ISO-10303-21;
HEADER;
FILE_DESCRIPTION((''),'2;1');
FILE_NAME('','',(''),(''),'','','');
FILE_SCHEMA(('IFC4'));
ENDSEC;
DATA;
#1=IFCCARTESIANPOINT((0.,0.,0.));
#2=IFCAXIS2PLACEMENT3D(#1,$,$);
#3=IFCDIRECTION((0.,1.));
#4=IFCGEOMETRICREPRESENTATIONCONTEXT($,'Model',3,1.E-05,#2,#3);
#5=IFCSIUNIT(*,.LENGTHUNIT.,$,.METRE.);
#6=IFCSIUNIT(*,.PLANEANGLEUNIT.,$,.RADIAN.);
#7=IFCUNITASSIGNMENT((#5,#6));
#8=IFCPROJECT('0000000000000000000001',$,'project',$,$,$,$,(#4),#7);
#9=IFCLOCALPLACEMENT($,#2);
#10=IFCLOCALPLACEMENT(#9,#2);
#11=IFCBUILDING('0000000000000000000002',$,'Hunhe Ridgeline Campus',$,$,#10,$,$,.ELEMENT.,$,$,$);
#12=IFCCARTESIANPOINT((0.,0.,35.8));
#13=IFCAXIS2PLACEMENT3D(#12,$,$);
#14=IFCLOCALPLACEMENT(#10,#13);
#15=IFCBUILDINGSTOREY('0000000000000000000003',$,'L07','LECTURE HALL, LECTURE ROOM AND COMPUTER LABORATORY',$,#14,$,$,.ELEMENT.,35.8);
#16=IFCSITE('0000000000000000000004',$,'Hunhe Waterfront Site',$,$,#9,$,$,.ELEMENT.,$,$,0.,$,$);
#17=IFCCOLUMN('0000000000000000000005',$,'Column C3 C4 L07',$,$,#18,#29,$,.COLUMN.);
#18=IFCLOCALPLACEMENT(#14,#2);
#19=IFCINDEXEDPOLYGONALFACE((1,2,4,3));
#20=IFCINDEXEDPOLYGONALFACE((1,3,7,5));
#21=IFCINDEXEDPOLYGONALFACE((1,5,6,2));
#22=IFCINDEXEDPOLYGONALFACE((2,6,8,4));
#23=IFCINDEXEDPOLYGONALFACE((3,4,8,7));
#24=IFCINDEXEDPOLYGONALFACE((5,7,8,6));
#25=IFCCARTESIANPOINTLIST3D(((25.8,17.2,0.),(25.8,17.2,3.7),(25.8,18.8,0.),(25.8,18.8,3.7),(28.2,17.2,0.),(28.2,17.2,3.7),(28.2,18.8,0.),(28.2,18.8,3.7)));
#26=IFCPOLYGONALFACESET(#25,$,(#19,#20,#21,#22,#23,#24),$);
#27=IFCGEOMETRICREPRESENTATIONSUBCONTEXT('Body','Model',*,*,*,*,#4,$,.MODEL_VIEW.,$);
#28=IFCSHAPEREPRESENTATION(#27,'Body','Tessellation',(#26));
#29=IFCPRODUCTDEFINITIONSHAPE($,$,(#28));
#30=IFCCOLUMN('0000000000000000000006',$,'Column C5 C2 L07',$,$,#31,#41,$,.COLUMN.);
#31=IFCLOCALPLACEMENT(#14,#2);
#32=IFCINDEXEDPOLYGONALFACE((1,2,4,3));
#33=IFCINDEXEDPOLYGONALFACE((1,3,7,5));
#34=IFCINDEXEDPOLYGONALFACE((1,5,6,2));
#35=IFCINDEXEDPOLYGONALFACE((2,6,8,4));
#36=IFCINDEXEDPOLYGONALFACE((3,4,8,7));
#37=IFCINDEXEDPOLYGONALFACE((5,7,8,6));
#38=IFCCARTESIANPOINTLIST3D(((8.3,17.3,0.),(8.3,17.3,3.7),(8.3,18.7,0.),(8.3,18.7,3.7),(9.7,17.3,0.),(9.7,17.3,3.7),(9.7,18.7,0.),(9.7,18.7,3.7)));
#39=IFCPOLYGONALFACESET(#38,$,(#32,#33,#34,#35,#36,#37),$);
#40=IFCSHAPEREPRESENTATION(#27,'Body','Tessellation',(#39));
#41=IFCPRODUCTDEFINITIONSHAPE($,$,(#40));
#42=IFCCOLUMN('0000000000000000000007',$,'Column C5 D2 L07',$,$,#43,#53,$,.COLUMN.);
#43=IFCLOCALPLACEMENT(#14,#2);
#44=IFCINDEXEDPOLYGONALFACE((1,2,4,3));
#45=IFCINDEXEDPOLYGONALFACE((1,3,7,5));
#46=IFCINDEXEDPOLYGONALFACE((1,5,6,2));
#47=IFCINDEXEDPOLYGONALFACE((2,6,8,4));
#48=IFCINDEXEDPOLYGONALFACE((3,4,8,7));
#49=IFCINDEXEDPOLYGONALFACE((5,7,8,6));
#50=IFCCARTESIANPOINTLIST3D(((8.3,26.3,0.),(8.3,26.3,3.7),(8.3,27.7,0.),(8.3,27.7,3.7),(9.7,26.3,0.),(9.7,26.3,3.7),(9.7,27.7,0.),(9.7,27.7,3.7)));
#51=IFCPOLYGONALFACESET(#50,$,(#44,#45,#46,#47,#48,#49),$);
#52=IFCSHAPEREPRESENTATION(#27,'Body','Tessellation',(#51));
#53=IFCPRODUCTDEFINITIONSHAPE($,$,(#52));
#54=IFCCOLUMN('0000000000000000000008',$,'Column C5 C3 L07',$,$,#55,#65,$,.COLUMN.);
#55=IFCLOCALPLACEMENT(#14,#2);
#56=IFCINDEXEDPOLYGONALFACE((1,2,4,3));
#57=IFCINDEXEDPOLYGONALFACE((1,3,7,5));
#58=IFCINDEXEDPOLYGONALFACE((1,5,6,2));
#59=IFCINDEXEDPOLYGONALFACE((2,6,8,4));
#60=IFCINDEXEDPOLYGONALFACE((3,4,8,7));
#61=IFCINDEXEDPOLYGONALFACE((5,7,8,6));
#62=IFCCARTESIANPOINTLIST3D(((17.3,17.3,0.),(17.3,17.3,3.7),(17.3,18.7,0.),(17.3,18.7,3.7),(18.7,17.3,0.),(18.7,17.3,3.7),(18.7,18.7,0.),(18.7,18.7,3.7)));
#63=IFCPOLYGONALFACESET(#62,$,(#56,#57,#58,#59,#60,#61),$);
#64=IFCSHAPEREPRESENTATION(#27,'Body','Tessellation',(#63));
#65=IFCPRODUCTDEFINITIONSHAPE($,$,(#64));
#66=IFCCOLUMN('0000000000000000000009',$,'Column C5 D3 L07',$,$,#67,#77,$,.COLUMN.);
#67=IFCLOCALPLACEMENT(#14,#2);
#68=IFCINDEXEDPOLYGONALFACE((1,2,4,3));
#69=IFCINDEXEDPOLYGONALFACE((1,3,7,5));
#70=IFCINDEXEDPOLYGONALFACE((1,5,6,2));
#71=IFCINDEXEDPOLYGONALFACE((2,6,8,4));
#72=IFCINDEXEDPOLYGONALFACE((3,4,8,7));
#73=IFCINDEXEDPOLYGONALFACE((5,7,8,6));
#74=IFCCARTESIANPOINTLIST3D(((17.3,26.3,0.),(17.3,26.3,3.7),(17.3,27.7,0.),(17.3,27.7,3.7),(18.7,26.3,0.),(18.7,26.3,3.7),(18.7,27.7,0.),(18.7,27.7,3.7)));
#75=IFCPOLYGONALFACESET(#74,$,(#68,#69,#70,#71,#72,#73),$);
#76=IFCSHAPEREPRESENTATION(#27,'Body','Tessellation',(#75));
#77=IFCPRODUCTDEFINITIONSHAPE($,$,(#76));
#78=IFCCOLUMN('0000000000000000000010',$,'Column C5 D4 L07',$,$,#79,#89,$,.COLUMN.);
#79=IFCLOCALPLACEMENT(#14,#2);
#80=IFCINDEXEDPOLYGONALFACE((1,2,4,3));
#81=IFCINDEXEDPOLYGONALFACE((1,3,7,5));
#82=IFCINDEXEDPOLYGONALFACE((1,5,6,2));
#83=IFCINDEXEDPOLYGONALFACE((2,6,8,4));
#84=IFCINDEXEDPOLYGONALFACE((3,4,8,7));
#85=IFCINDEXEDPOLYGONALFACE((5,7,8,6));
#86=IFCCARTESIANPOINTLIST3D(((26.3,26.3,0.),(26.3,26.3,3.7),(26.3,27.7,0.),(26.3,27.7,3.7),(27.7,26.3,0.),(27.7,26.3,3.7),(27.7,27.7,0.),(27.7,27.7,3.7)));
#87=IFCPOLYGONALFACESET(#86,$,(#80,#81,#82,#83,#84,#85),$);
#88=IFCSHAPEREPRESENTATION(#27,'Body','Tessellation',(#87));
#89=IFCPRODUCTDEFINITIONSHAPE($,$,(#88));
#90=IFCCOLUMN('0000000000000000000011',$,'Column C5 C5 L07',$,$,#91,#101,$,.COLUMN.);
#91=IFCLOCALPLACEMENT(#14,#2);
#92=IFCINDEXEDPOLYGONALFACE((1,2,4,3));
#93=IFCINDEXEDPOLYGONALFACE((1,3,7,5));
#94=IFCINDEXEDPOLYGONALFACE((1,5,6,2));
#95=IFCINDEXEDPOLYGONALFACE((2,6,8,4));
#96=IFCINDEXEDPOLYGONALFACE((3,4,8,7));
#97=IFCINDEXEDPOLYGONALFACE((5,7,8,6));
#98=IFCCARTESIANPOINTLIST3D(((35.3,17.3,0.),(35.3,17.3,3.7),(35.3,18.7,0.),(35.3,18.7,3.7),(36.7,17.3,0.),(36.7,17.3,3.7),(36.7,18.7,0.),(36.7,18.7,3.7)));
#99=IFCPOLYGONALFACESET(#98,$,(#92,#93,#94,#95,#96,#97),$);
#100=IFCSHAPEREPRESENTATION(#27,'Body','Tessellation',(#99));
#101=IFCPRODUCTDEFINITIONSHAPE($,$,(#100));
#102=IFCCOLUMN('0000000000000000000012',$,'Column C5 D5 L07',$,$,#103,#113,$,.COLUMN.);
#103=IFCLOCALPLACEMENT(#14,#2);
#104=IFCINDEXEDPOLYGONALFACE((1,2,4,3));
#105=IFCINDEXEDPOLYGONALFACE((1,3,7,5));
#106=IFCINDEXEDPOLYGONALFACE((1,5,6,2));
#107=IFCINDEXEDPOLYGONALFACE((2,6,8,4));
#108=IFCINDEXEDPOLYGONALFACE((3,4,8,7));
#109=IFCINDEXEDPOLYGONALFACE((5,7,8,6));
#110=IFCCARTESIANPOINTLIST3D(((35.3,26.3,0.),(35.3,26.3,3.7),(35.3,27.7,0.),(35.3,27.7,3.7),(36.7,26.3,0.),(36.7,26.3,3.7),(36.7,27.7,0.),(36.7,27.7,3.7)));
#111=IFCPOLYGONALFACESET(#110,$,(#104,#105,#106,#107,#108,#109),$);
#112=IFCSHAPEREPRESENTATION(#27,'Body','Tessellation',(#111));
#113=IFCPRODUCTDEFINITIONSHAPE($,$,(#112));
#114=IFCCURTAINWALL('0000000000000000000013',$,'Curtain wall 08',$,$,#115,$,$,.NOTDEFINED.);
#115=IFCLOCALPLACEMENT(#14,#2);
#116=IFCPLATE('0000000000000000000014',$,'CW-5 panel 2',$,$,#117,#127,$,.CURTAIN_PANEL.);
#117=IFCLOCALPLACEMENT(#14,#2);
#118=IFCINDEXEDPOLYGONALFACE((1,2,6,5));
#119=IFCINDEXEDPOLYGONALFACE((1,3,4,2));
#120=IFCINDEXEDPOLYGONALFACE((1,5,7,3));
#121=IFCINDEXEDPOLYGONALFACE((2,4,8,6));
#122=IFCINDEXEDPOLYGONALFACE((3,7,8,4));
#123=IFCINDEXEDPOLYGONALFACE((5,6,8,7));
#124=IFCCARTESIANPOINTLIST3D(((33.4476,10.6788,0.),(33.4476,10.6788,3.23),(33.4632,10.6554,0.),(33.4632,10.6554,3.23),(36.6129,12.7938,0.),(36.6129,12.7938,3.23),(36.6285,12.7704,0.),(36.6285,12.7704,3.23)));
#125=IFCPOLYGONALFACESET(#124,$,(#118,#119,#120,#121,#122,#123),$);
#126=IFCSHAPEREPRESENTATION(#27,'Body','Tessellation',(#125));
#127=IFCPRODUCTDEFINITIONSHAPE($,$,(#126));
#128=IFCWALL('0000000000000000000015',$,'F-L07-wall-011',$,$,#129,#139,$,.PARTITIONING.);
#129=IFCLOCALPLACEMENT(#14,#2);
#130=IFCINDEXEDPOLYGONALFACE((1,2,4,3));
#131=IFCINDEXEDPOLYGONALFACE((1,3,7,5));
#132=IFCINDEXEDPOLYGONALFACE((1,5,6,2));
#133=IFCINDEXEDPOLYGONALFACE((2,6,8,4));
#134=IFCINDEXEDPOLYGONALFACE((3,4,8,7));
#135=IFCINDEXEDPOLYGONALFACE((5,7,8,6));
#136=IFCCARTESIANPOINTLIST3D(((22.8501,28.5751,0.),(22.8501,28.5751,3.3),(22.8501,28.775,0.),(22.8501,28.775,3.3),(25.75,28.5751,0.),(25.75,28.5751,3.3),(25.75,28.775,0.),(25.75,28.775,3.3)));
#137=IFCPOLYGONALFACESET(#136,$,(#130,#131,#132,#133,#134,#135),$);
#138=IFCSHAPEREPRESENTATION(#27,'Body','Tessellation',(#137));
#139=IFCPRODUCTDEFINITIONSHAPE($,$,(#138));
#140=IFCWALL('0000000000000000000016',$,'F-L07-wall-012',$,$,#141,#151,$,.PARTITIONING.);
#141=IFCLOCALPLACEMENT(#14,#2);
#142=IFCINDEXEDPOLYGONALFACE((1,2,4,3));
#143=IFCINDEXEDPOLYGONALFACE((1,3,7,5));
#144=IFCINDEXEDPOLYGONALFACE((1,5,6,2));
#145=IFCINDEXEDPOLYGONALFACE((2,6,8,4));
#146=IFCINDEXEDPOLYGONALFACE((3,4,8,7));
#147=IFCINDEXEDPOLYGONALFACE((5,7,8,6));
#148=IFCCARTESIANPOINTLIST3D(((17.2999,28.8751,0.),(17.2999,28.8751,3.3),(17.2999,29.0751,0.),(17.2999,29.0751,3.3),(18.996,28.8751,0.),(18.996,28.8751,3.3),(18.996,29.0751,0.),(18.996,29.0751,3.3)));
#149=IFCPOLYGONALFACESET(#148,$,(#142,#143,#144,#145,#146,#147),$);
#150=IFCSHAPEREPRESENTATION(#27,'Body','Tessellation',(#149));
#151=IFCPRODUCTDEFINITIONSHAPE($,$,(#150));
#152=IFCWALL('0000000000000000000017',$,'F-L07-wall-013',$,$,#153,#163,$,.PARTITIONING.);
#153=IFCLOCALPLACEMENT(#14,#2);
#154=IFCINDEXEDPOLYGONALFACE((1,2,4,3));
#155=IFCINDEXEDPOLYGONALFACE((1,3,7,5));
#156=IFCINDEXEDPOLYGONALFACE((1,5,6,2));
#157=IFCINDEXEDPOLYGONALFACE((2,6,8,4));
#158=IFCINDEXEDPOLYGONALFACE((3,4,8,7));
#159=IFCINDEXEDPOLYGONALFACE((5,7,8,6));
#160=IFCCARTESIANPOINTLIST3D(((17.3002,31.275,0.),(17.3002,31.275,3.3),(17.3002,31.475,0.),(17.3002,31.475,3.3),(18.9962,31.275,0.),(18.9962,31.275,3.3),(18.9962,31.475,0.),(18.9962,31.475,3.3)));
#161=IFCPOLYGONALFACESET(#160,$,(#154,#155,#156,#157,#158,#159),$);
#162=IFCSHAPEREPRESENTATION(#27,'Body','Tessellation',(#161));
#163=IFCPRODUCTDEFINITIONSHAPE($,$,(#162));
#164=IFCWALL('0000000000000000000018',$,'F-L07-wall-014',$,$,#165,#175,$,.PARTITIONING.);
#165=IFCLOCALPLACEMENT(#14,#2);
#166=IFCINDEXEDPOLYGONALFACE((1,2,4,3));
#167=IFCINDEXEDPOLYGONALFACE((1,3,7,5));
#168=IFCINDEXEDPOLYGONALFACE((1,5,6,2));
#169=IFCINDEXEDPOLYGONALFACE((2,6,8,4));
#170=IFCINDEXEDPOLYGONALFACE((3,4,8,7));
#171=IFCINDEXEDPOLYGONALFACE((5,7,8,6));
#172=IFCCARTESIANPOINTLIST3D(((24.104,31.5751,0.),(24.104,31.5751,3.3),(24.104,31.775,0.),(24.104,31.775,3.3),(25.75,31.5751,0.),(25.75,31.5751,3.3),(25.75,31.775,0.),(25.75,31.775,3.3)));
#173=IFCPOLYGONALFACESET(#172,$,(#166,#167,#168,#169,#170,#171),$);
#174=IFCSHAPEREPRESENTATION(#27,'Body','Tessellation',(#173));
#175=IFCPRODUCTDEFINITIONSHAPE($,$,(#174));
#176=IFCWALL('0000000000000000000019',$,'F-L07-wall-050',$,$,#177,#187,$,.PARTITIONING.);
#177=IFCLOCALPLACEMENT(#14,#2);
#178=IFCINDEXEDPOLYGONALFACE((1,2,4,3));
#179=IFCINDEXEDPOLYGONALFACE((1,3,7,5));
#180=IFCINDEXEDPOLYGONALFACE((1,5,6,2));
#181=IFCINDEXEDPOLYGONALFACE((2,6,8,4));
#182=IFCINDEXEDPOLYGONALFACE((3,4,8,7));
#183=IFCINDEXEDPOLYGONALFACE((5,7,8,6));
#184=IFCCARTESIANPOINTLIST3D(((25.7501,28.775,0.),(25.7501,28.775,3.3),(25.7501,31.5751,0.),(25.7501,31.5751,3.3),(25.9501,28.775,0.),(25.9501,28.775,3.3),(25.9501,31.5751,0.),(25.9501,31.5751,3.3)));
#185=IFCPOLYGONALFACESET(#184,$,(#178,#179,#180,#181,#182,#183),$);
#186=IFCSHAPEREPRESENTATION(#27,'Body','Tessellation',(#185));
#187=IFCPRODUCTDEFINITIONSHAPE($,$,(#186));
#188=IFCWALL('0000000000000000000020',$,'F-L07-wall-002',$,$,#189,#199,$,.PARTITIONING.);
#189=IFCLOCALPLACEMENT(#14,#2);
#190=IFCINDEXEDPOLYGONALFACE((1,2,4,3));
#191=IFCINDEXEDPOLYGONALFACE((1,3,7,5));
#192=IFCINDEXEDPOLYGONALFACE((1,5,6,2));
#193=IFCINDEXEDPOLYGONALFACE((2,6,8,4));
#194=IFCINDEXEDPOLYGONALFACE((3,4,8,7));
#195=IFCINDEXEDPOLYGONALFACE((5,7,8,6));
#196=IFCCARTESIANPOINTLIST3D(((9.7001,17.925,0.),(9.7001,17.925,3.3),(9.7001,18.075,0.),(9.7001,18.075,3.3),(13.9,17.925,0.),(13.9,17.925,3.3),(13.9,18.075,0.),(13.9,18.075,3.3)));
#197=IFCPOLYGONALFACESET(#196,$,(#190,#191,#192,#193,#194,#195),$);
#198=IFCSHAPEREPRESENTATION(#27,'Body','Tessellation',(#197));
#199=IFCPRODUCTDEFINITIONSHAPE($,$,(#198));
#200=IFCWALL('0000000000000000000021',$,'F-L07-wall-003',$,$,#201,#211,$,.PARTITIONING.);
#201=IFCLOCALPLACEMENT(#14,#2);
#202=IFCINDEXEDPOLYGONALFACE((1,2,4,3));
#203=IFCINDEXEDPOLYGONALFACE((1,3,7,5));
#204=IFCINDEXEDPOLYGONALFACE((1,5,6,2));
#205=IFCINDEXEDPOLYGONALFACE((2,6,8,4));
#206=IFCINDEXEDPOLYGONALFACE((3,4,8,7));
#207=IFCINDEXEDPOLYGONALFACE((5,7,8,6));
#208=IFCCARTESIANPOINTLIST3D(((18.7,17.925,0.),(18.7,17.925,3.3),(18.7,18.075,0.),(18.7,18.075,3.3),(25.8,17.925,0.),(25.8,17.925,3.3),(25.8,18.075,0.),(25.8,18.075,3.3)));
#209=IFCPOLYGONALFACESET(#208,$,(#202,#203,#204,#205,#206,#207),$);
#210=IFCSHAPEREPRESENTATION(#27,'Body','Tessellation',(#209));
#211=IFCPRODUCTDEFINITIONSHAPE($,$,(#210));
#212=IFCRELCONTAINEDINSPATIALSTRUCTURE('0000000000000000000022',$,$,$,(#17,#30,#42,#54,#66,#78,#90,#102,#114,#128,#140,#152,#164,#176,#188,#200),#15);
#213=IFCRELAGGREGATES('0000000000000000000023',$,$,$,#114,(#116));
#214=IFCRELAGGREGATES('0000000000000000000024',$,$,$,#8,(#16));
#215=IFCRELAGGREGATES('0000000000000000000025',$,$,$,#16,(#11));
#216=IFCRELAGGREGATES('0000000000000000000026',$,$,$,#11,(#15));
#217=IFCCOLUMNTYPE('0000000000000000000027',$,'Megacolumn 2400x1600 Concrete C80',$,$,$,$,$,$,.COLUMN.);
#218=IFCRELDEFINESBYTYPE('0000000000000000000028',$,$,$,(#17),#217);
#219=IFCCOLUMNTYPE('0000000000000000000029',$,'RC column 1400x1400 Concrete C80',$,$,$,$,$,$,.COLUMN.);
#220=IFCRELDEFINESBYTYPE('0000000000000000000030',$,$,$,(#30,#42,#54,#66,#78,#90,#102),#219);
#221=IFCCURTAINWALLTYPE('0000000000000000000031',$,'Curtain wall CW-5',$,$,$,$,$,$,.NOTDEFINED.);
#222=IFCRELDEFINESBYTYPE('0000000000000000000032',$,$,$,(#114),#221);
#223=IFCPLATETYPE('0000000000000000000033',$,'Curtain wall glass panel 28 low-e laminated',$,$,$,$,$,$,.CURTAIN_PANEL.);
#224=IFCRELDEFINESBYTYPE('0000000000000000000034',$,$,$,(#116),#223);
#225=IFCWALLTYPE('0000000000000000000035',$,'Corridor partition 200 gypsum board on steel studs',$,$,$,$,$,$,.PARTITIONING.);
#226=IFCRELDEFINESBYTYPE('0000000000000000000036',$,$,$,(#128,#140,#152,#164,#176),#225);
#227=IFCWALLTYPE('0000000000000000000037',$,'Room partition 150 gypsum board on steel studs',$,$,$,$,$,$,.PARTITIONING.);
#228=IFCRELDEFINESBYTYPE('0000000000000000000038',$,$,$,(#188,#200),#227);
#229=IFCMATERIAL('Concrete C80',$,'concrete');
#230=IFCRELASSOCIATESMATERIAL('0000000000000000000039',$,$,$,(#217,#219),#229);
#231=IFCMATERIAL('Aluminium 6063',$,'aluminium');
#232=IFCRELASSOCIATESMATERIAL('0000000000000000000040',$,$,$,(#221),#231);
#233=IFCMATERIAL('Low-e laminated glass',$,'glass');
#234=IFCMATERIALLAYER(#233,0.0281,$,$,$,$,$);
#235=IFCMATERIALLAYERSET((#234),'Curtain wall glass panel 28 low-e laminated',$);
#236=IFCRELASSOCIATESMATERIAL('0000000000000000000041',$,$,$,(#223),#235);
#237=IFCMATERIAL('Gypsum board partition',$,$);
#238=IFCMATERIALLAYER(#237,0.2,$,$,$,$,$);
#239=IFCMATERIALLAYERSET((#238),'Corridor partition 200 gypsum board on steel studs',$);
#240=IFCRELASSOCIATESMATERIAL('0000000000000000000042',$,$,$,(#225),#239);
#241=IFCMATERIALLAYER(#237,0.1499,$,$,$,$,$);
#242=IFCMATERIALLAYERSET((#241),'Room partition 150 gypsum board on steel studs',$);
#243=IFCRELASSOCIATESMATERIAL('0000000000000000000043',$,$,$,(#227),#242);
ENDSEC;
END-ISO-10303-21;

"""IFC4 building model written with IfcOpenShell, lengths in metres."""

from ifc_helpers import new_model, si_unit, direction, frame, frame_2d, origin, origin_2d, place, context, subcontext, project, spatial, rectangle, extrude, material, layer, layer_set, material_profile, profile_set, type_object, element, aggregate, save


model = new_model("IFC4")

# Units and contexts
model_context = context("Model", 3, precision=1e-05, world=origin(), true_north=direction((0.0, 1.0)))
body_context = subcontext(model_context, "Body", "Model", "MODEL_VIEW")
ifc_project = project(units=[si_unit("LENGTHUNIT", "METRE"), si_unit("PLANEANGLEUNIT", "RADIAN")], contexts=[model_context])

# Site, building, storey
site_placement = place(None, origin())
site = spatial("IfcSite", under=ifc_project, at=site_placement, Name="Hunhe Waterfront Site", CompositionType="ELEMENT", RefElevation=0.0)
building_placement = place(site_placement, origin())
building = spatial("IfcBuilding", under=site, at=building_placement, Name="Hunhe Ridgeline Campus", CompositionType="ELEMENT")
storey_placement = place(building_placement, frame((0.0, 0.0, 35.8)))
storey = spatial("IfcBuildingStorey", under=building, at=storey_placement, Name="L07", Description="LECTURE HALL, LECTURE ROOM AND COMPUTER LABORATORY", CompositionType="ELEMENT", Elevation=35.8)

# Columns
ifc_material_1 = material(Name="Concrete C80", Category="concrete")
ifc_material_profile_1 = material_profile(ifc_material_1, rectangle(XDim=2.3999, YDim=1.6001, at=origin_2d()))
ifc_profile_set_1 = profile_set([ifc_material_profile_1], Name="Concrete C80")
column_type_1 = type_object("IfcColumnType", Name="Megacolumn 2400x1600 Concrete C80", PredefinedType="COLUMN", material=ifc_profile_set_1)
column_placement = place(storey_placement, frame((27.0, 18.0, 0.0), z_axis=(0.0, 0.0, 1.0), x_axis=(1.0, 0.0, 0.0)))
element("IfcColumn", 1, at=column_placement, inside=storey, type_object=column_type_1, Name="Column C3 C4 L07", PredefinedType="COLUMN", context=body_context, shape_type="SweptSolid", body=[
    extrude(rectangle(XDim=2.3999, YDim=1.6001, at=origin_2d()), origin(), (0.0, 0.0, 1.0), 3.7),
])
ifc_material_profile_2 = material_profile(ifc_material_1, rectangle(XDim=1.3999, YDim=1.3999, at=origin_2d()))
ifc_profile_set_2 = profile_set([ifc_material_profile_2], Name="Concrete C80")
column_type_2 = type_object("IfcColumnType", Name="RC column 1400x1400 Concrete C80", PredefinedType="COLUMN", material=ifc_profile_set_2)
for number, where, z_axis, x_axis, name in (
    (2, (9.0, 18.0, 0.0), (0.0, 0.0, 1.0), (1.0, 0.0, 0.0), "Column C5 C2 L07"),
    (3, (9.0, 27.0, 0.0), (0.0, 0.0, 1.0), (1.0, 0.0, 0.0), "Column C5 D2 L07"),
    (4, (18.0, 18.0, 0.0), (0.0, 0.0, 1.0), (1.0, 0.0, 0.0), "Column C5 C3 L07"),
    (5, (18.0, 27.0, 0.0), (0.0, 0.0, 1.0), (1.0, 0.0, 0.0), "Column C5 D3 L07"),
    (6, (27.0, 27.0, 0.0), (0.0, 0.0, 1.0), (1.0, 0.0, 0.0), "Column C5 D4 L07"),
    (7, (36.0, 18.0, 0.0), (0.0, 0.0, 1.0), (1.0, 0.0, 0.0), "Column C5 C5 L07"),
    (8, (36.0, 27.0, 0.0), (0.0, 0.0, 1.0), (1.0, 0.0, 0.0), "Column C5 D5 L07"),
):
    element("IfcColumn", number, at=place(storey_placement, frame(where, z_axis=z_axis, x_axis=x_axis)), inside=storey, type_object=column_type_2, Name=name, PredefinedType="COLUMN", context=body_context, shape_type="SweptSolid", body=[
        extrude(rectangle(XDim=1.3999, YDim=1.3999, at=origin_2d()), origin(), (0.0, 0.0, 1.0), 3.7),
    ])

# Curtain wall, plate
ifc_material_2 = material(Name="Aluminium 6063", Category="aluminium")
curtain_wall_type = type_object("IfcCurtainWallType", Name="Curtain wall CW-5", PredefinedType="NOTDEFINED", material=ifc_material_2)
curtain_wall_placement = place(storey_placement, origin())
curtain_wall = element("IfcCurtainWall", 9, at=curtain_wall_placement, inside=storey, type_object=curtain_wall_type, Name="Curtain wall 08", PredefinedType="NOTDEFINED")
ifc_material_3 = material(Name="Low-e laminated glass", Category="glass")
ifc_layer_1 = layer(ifc_material_3, 0.0281)
ifc_layer_set_1 = layer_set([ifc_layer_1], Name="Curtain wall glass panel 28 low-e laminated")
plate_type = type_object("IfcPlateType", Name="Curtain wall glass panel 28 low-e laminated", PredefinedType="CURTAIN_PANEL", material=ifc_layer_set_1)
plate_placement = place(storey_placement, frame((35.0381, 11.7246, 0.0), z_axis=(0.0, 0.0, 1.0), x_axis=(0.83147, 0.55557, 0.0)))
plate = element("IfcPlate", 10, at=plate_placement, type_object=plate_type, Name="CW-5 panel 2", PredefinedType="CURTAIN_PANEL", context=body_context, shape_type="SweptSolid", body=[
    extrude(rectangle(XDim=3.8069, YDim=0.0281, at=origin_2d()), origin(), (0.0, 0.0, 1.0), 3.23),
])
aggregate(curtain_wall, [plate])

# Walls
ifc_material_4 = material(Name="Gypsum board partition")
ifc_layer_2 = layer(ifc_material_4, 0.2)
ifc_layer_set_2 = layer_set([ifc_layer_2], Name="Corridor partition 200 gypsum board on steel studs")
wall_type_1 = type_object("IfcWallType", Name="Corridor partition 200 gypsum board on steel studs", PredefinedType="PARTITIONING", material=ifc_layer_set_2)
wall_1_placement = place(storey_placement, frame((25.75, 28.675, 0.0), z_axis=(0.0, 0.0, 1.0), x_axis=(-1.0, 0.0, 0.0)))
element("IfcWall", 11, at=wall_1_placement, inside=storey, type_object=wall_type_1, Name="F-L07-wall-011", PredefinedType="PARTITIONING", context=body_context, shape_type="SweptSolid", body=[
    extrude(rectangle(XDim=2.8999, YDim=0.2, at=frame_2d((1.45, 0.0))), origin(), (0.0, 0.0, 1.0), 3.3),
])
for number, where, z_axis, x_axis, name in (
    (12, (18.9961, 28.9751, 0.0), (0.0, 0.0, 1.0), (-1.0, 0.0, 0.0), "F-L07-wall-012"),
    (13, (17.3, 31.375, 0.0), (0.0, 0.0, 1.0), (1.0, 0.0, 0.0), "F-L07-wall-013"),
):
    element("IfcWall", number, at=place(storey_placement, frame(where, z_axis=z_axis, x_axis=x_axis)), inside=storey, type_object=wall_type_1, Name=name, PredefinedType="PARTITIONING", context=body_context, shape_type="SweptSolid", body=[
        extrude(rectangle(XDim=1.696, YDim=0.2, at=frame_2d((0.8481, 0.0))), origin(), (0.0, 0.0, 1.0), 3.3),
    ])
wall_2_placement = place(storey_placement, frame((24.104, 31.675, 0.0), z_axis=(0.0, 0.0, 1.0), x_axis=(1.0, 0.0, 0.0)))
element("IfcWall", 14, at=wall_2_placement, inside=storey, type_object=wall_type_1, Name="F-L07-wall-014", PredefinedType="PARTITIONING", context=body_context, shape_type="SweptSolid", body=[
    extrude(rectangle(XDim=1.646, YDim=0.2, at=frame_2d((0.823, 0.0))), origin(), (0.0, 0.0, 1.0), 3.3),
])

# Walls
wall_3_placement = place(storey_placement, frame((25.8501, 31.575, 0.0), z_axis=(0.0, 0.0, 1.0), x_axis=(0.0, -1.0, 0.0)))
element("IfcWall", 15, at=wall_3_placement, inside=storey, type_object=wall_type_1, Name="F-L07-wall-050", PredefinedType="PARTITIONING", context=body_context, shape_type="SweptSolid", body=[
    extrude(rectangle(XDim=2.8, YDim=0.2, at=frame_2d((1.3999, 0.0))), origin(), (0.0, 0.0, 1.0), 3.3),
])
ifc_layer_3 = layer(ifc_material_4, 0.1499)
ifc_layer_set_3 = layer_set([ifc_layer_3], Name="Room partition 150 gypsum board on steel studs")
wall_type_2 = type_object("IfcWallType", Name="Room partition 150 gypsum board on steel studs", PredefinedType="PARTITIONING", material=ifc_layer_set_3)
wall_4_placement = place(storey_placement, frame((9.7, 18.0, 0.0), z_axis=(0.0, 0.0, 1.0), x_axis=(1.0, 0.0, 0.0)))
element("IfcWall", 16, at=wall_4_placement, inside=storey, type_object=wall_type_2, Name="F-L07-wall-002", PredefinedType="PARTITIONING", context=body_context, shape_type="SweptSolid", body=[
    extrude(rectangle(XDim=4.2, YDim=0.1499, at=frame_2d((2.1001, 0.0))), origin(), (0.0, 0.0, 1.0), 3.3),
])
wall_5_placement = place(storey_placement, frame((18.7, 18.0, 0.0), z_axis=(0.0, 0.0, 1.0), x_axis=(1.0, 0.0, 0.0)))
element("IfcWall", 17, at=wall_5_placement, inside=storey, type_object=wall_type_2, Name="F-L07-wall-003", PredefinedType="PARTITIONING", context=body_context, shape_type="SweptSolid", body=[
    extrude(rectangle(XDim=7.1001, YDim=0.1499, at=frame_2d((3.55, 0.0))), origin(), (0.0, 0.0, 1.0), 3.3),
])

save(model, "model.ifc")
